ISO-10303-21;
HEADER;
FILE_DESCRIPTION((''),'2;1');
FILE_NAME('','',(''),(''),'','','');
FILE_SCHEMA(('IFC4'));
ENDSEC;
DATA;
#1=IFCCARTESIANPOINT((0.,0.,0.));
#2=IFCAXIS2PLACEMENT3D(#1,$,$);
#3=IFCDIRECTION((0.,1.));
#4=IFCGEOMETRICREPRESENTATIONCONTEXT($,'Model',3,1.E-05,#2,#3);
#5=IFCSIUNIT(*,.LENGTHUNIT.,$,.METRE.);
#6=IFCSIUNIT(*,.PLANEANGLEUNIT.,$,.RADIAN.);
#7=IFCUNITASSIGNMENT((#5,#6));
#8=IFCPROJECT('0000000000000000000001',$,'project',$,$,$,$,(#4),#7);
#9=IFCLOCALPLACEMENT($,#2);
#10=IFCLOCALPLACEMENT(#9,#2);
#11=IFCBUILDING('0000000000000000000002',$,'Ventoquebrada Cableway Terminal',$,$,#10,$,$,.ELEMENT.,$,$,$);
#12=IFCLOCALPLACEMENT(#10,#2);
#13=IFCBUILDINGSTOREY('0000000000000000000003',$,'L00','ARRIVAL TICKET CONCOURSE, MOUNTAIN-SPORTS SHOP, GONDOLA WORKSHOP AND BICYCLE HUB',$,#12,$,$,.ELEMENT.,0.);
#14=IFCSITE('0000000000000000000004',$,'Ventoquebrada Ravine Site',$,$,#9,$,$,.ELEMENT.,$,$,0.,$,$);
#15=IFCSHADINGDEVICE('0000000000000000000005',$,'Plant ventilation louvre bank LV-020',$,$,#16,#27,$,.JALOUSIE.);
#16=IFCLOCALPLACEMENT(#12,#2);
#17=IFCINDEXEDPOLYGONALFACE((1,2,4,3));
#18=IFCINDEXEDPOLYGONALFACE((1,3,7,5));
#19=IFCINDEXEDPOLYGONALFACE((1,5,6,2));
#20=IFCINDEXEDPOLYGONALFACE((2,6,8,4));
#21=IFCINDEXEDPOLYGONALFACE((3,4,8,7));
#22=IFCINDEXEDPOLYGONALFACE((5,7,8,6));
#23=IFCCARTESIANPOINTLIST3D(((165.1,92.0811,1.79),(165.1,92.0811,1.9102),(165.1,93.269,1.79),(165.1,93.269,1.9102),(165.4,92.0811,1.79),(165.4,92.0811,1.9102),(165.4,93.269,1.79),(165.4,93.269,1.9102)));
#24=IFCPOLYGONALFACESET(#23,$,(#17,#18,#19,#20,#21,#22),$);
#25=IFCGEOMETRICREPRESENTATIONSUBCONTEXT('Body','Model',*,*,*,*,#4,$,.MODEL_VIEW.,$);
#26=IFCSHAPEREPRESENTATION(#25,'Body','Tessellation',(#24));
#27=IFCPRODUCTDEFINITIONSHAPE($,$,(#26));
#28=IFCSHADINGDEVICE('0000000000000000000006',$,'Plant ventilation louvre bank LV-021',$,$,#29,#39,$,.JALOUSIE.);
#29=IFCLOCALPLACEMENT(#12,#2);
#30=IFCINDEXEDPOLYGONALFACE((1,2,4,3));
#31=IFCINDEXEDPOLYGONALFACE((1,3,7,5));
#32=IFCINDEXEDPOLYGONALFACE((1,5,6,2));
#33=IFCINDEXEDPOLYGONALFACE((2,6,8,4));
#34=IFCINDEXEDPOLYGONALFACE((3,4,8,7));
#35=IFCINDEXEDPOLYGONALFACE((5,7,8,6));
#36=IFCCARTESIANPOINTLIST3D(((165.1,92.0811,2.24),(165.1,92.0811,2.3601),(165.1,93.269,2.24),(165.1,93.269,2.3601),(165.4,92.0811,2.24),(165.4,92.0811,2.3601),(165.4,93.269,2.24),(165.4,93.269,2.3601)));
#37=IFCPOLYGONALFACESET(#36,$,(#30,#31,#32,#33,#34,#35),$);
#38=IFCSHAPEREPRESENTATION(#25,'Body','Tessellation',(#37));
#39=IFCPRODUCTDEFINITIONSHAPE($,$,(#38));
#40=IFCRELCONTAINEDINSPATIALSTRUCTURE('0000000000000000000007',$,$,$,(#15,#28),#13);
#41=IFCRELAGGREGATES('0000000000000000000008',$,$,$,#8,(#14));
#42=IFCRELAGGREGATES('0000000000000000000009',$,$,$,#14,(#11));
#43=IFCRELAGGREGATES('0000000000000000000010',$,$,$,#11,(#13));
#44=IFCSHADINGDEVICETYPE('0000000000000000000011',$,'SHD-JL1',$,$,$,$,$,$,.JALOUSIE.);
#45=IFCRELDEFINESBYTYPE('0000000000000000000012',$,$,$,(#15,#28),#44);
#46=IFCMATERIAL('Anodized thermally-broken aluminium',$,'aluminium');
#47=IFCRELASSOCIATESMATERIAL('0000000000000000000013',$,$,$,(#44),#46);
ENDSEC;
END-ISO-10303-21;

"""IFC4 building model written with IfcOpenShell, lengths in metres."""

from ifc_helpers import new_model, si_unit, direction, frame, origin, origin_2d, place, context, subcontext, project, spatial, rectangle, extrude, material, type_object, element, save


model = new_model("IFC4")

# Units and contexts
model_context = context("Model", 3, precision=1e-05, world=origin(), true_north=direction((0.0, 1.0)))
body_context = subcontext(model_context, "Body", "Model", "MODEL_VIEW")
ifc_project = project(units=[si_unit("LENGTHUNIT", "METRE"), si_unit("PLANEANGLEUNIT", "RADIAN")], contexts=[model_context])

# Site, building, storey
site_placement = place(None, origin())
site = spatial("IfcSite", under=ifc_project, at=site_placement, Name="Ventoquebrada Ravine Site", CompositionType="ELEMENT", RefElevation=0.0)
building_placement = place(site_placement, origin())
building = spatial("IfcBuilding", under=site, at=building_placement, Name="Ventoquebrada Cableway Terminal", CompositionType="ELEMENT")
storey_placement = place(building_placement, origin())
storey = spatial("IfcBuildingStorey", under=building, at=storey_placement, Name="L00", Description="ARRIVAL TICKET CONCOURSE, MOUNTAIN-SPORTS SHOP, GONDOLA WORKSHOP AND BICYCLE HUB", CompositionType="ELEMENT", Elevation=0.0)

# Shading devices
ifc_material_1 = material(Name="Anodized thermally-broken aluminium", Category="aluminium")
shading_device_type = type_object("IfcShadingDeviceType", Name="SHD-JL1", PredefinedType="JALOUSIE", material=ifc_material_1)
for number, where, z_axis, x_axis, name in (
    (1, (165.25, 92.675, 1.79), (0.0, 0.0, 1.0), (0.0, 1.0, 0.0), "Plant ventilation louvre bank LV-020"),
    (2, (165.25, 92.675, 2.24), (0.0, 0.0, 1.0), (0.0, 1.0, 0.0), "Plant ventilation louvre bank LV-021"),
):
    element("IfcShadingDevice", number, at=place(storey_placement, frame(where, z_axis=z_axis, x_axis=x_axis)), inside=storey, type_object=shading_device_type, Name=name, PredefinedType="JALOUSIE", context=body_context, shape_type="SweptSolid", body=[
        extrude(rectangle(XDim=1.188, YDim=0.3, at=origin_2d()), origin(), (0.0, 0.0, 1.0), 0.1201),
    ])

save(model, "model.ifc")
